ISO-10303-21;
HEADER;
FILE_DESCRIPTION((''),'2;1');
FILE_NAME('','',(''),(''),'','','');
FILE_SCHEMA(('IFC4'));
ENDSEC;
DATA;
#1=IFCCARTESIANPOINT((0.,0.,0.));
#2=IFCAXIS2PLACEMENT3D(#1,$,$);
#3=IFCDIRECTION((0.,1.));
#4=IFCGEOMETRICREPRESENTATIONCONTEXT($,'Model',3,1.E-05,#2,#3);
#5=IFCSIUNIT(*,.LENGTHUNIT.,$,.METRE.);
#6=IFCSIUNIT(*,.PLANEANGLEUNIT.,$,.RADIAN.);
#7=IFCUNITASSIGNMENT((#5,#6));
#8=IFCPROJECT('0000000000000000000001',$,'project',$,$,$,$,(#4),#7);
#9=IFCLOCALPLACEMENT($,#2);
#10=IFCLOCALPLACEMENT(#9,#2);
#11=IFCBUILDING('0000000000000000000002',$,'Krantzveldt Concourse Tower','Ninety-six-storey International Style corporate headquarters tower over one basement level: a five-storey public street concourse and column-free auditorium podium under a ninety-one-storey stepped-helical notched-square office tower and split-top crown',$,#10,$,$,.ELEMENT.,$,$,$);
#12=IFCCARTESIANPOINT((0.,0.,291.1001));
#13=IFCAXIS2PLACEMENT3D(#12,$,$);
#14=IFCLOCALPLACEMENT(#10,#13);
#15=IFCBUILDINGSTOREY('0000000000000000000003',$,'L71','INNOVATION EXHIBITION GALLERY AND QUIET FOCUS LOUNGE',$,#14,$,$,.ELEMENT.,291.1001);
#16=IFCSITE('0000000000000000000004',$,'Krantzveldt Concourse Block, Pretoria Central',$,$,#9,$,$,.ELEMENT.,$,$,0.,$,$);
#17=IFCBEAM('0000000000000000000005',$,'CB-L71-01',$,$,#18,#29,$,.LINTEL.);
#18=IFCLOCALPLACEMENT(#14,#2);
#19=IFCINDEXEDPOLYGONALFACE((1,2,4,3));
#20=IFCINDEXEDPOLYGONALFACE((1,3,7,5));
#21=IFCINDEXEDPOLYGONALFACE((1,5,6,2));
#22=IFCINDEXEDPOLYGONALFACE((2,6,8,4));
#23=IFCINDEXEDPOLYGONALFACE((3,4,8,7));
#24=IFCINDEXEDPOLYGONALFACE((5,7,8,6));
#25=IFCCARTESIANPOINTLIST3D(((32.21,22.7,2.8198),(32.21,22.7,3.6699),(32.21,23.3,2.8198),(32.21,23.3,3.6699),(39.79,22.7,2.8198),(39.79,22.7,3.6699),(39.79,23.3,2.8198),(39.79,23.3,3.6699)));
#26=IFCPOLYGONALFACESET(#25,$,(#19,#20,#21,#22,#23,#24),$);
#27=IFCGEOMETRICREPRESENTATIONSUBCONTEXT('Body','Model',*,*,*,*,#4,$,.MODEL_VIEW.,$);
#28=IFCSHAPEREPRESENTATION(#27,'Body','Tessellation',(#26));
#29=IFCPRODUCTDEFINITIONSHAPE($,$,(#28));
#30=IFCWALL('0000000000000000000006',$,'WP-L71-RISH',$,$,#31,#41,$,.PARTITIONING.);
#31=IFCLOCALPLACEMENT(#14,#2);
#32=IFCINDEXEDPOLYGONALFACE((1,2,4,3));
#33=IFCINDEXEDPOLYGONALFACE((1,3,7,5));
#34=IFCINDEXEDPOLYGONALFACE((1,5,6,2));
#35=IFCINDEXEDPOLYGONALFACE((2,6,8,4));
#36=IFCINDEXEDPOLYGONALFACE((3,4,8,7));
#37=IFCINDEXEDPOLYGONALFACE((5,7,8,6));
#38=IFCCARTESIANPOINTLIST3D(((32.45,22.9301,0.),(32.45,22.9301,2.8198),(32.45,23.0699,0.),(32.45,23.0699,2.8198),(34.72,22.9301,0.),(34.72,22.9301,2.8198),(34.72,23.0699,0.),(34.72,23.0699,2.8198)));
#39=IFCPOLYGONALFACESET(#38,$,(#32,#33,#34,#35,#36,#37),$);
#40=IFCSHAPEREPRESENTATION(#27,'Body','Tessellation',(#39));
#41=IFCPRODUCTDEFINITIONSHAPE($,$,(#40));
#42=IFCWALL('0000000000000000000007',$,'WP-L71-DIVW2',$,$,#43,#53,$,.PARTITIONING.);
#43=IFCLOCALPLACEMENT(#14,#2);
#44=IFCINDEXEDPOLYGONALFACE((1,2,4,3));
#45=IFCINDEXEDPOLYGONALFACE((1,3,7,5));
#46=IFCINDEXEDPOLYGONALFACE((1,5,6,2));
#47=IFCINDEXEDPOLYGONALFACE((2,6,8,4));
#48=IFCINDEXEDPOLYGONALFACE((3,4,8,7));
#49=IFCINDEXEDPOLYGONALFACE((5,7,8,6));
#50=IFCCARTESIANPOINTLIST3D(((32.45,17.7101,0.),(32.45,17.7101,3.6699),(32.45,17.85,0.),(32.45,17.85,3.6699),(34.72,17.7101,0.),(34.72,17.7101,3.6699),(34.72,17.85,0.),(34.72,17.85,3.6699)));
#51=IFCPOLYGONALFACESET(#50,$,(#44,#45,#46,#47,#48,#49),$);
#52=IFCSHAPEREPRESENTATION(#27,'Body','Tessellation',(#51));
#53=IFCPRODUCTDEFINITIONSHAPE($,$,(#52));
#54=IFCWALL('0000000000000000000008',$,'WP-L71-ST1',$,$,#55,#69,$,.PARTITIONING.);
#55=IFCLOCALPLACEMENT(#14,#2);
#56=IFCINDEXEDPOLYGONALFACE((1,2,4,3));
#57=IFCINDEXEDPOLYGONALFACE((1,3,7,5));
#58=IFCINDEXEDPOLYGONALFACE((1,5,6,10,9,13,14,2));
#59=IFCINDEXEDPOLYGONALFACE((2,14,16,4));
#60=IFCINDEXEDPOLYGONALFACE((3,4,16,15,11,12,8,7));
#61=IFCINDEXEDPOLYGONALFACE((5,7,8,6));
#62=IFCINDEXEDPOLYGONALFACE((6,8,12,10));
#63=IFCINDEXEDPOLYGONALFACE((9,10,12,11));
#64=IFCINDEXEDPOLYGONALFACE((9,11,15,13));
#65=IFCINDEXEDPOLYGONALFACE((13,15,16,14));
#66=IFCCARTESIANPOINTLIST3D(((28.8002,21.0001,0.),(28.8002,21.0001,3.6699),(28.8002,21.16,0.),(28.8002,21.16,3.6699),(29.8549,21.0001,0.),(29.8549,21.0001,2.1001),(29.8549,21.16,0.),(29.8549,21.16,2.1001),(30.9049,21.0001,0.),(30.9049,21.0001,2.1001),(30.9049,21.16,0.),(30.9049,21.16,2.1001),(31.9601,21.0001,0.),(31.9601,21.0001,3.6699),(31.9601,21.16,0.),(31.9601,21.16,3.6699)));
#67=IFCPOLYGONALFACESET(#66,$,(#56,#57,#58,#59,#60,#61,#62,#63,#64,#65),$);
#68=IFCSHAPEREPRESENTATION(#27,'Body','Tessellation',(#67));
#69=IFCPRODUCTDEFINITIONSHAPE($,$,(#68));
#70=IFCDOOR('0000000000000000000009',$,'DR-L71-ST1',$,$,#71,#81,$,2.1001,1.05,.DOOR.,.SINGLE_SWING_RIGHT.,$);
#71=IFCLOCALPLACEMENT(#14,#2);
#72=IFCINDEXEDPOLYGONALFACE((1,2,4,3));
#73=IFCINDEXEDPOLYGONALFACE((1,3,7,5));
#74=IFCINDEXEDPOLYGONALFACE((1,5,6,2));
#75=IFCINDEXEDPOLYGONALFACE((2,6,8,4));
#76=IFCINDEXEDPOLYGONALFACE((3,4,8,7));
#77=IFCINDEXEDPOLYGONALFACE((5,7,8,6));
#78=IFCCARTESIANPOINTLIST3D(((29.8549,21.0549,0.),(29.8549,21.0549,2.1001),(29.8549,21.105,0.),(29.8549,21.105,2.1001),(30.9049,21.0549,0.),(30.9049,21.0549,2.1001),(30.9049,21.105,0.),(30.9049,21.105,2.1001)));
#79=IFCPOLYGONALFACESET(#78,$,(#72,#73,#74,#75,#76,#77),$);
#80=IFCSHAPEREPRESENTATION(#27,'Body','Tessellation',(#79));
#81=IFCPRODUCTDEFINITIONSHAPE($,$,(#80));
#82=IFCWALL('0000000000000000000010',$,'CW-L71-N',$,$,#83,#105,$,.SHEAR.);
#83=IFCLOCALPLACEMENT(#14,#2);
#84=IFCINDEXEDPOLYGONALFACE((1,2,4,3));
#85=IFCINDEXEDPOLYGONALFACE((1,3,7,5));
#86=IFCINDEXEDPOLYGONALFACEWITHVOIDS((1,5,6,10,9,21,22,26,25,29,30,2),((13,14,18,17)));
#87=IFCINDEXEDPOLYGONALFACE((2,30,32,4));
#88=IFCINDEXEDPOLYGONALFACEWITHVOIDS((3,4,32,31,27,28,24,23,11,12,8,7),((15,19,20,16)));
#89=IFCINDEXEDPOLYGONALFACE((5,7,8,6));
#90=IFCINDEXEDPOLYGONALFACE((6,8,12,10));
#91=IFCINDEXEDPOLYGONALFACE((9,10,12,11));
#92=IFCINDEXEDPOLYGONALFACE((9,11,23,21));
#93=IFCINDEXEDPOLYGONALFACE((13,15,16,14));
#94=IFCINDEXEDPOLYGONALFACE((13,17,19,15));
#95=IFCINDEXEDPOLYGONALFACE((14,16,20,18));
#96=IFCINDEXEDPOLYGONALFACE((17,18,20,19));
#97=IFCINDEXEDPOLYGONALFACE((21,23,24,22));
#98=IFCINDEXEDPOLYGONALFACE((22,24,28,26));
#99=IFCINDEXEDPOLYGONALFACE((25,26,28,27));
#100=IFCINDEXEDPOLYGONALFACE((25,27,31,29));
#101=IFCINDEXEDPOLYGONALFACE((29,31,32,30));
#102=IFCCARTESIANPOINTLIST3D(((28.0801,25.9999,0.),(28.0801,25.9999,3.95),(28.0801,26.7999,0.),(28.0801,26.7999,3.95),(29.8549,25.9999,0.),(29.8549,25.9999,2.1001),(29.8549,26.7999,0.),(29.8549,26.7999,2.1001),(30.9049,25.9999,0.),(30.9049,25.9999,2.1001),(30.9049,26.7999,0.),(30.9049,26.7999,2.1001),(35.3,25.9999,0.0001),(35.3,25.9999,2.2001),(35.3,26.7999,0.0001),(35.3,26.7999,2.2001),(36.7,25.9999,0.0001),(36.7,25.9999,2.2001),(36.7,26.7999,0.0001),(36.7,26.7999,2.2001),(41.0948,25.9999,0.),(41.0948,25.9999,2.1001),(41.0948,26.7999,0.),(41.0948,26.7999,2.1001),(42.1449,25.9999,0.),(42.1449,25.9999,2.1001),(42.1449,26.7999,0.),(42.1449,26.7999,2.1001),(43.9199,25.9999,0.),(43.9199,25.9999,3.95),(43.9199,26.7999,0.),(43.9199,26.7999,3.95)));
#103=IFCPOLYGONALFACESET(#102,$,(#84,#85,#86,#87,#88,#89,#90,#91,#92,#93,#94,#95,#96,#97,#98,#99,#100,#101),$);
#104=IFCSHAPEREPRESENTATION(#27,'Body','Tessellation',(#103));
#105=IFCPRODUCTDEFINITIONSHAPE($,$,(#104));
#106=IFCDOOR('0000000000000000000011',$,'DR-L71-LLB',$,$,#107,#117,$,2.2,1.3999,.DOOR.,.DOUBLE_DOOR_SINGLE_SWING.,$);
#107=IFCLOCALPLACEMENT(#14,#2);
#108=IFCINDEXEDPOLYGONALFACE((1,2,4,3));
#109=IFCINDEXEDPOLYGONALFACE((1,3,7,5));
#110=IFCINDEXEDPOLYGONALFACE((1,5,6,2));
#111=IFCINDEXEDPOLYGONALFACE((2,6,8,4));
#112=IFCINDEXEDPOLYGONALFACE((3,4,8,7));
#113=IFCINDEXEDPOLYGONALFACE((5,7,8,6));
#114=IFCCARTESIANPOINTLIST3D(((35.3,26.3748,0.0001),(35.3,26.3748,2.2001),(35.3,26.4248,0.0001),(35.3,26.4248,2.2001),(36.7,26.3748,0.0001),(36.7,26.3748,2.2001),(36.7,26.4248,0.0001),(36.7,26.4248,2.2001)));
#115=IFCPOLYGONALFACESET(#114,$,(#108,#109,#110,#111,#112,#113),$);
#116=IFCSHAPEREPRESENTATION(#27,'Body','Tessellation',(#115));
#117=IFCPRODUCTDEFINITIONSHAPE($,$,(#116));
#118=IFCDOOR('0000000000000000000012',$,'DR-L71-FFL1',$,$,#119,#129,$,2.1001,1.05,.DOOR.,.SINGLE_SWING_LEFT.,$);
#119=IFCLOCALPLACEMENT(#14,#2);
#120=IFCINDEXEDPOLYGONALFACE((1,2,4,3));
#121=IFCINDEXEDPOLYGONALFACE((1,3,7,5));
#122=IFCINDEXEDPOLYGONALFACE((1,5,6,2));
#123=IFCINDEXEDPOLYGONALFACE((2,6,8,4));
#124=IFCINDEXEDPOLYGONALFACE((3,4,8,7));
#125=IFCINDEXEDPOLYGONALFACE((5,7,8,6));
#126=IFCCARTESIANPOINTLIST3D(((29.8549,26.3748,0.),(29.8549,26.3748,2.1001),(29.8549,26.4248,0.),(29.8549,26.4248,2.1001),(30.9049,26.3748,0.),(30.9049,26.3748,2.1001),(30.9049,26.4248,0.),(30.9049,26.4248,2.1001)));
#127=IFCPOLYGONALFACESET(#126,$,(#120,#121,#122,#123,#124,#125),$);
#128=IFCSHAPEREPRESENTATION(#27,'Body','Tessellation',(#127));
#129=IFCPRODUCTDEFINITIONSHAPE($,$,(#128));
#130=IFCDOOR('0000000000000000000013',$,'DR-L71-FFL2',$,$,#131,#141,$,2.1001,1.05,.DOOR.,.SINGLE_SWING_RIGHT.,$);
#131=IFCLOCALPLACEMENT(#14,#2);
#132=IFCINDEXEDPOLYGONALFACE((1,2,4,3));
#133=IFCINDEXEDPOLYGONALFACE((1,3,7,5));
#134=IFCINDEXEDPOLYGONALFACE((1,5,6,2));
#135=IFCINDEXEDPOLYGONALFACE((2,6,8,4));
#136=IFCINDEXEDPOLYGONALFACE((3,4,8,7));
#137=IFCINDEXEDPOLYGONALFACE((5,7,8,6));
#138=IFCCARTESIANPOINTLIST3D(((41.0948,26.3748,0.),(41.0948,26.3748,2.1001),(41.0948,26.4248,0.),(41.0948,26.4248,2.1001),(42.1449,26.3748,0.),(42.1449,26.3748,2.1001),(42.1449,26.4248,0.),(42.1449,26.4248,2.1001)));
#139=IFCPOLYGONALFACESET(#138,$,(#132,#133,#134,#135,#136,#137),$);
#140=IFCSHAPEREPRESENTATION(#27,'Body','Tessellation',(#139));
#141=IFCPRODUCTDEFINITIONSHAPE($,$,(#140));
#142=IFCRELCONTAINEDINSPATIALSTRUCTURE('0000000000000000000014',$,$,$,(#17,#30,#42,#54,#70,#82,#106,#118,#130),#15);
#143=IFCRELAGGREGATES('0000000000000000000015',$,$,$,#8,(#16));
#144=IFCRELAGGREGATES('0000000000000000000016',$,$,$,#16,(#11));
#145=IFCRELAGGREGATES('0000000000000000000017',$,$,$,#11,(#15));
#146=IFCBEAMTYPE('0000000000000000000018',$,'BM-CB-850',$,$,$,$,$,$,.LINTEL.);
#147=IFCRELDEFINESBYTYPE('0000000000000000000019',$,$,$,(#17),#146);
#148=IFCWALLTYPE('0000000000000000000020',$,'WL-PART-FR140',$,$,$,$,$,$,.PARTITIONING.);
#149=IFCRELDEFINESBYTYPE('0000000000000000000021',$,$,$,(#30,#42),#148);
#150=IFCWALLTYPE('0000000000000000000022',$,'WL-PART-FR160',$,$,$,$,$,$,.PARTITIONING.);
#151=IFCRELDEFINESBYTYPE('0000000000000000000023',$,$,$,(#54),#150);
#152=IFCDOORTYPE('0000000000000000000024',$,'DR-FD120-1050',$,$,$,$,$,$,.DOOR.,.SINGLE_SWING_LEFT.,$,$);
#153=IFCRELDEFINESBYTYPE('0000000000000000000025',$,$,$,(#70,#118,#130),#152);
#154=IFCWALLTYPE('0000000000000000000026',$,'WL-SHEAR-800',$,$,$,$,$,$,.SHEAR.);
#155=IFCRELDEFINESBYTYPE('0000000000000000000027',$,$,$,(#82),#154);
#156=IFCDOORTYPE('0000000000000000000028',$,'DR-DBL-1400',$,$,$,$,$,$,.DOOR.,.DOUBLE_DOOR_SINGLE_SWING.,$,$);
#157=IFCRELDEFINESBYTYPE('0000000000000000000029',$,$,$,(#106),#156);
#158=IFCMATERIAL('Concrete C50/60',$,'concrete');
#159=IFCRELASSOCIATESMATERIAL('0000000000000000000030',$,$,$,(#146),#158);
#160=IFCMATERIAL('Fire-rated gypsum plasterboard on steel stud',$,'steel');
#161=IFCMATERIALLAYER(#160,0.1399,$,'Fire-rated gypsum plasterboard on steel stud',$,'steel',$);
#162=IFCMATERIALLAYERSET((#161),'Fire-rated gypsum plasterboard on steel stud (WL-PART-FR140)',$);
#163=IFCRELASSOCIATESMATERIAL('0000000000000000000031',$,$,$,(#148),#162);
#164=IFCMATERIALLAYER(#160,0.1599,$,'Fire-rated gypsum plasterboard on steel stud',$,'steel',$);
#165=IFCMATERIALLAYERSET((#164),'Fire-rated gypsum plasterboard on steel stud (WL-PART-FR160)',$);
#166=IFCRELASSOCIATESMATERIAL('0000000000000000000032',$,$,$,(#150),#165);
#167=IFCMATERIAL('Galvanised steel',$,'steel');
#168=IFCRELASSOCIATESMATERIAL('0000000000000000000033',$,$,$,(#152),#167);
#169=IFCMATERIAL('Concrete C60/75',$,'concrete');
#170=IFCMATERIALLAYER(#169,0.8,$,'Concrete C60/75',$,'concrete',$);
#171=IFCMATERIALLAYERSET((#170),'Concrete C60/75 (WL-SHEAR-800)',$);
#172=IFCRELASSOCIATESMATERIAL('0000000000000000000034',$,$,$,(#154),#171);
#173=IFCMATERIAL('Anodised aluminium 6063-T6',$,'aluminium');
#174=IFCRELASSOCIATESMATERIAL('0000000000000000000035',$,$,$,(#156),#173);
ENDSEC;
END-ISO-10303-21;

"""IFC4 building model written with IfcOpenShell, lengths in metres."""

from ifc_helpers import new_model, si_unit, direction, frame, frame_2d, origin, origin_2d, place, context, subcontext, project, spatial, rectangle, extrude, source, transform, mapped, material, layer, layer_set, material_profile, profile_set, type_object, type_shapes, element, fill, save


model = new_model("IFC4")

# Units and contexts
model_context = context("Model", 3, precision=1e-05, world=origin(), true_north=direction((0.0, 1.0)))
body_context = subcontext(model_context, "Body", "Model", "MODEL_VIEW")
ifc_project = project(units=[si_unit("LENGTHUNIT", "METRE"), si_unit("PLANEANGLEUNIT", "RADIAN")], contexts=[model_context])

# Site, building, storey
site_placement = place(None, origin())
site = spatial("IfcSite", under=ifc_project, at=site_placement, Name="Krantzveldt Concourse Block, Pretoria Central", CompositionType="ELEMENT", RefElevation=0.0)
building_placement = place(site_placement, origin())
building = spatial("IfcBuilding", under=site, at=building_placement, Name="Krantzveldt Concourse Tower", Description="Ninety-six-storey International Style corporate headquarters tower over one basement level: a five-storey public street concourse and column-free auditorium podium under a ninety-one-storey stepped-helical notched-square office tower and split-top crown", CompositionType="ELEMENT")
storey_placement = place(building_placement, frame((0.0, 0.0, 291.1001)))
storey = spatial("IfcBuildingStorey", under=building, at=storey_placement, Name="L71", Description="INNOVATION EXHIBITION GALLERY AND QUIET FOCUS LOUNGE", CompositionType="ELEMENT", Elevation=291.1001)

# Beam
ifc_material_1 = material(Name="Concrete C50/60", Category="concrete")
ifc_material_profile = material_profile(ifc_material_1, rectangle(XDim=0.6001, YDim=0.8501, at=origin_2d()), Name="Concrete C50/60", Category="concrete")
ifc_profile_set = profile_set([ifc_material_profile], Name="Concrete C50/60 - RC-CB 600x850")
beam_type = type_object("IfcBeamType", Name="BM-CB-850", PredefinedType="LINTEL", material=ifc_profile_set)
shared_shape = source(origin(), body_context, "Body", "SweptSolid", [
    extrude(rectangle(XDim=0.6001, YDim=0.8501, at=origin_2d()), origin(), (0.0, 0.0, 1.0), 7.5801),
])
type_shapes(beam_type, [shared_shape])
beam_placement = place(storey_placement, frame((32.21, 23.0, 3.2449), z_axis=(1.0, 0.0, 0.0), x_axis=(0.0, 1.0, 0.0)))
element("IfcBeam", 1, at=beam_placement, inside=storey, type_object=beam_type, Name="CB-L71-01", PredefinedType="LINTEL", context=body_context, shape_type="MappedRepresentation", body=[
    mapped(shared_shape, transform((0.0, 0.0, 0.0), x_axis=(1.0, 0.0, 0.0), y_axis=(0.0, 1.0, 0.0), z_axis=(0.0, 0.0, 1.0), scale=1.0)),
])

# Walls
ifc_material_2 = material(Name="Fire-rated gypsum plasterboard on steel stud", Category="steel")
ifc_layer_1 = layer(ifc_material_2, 0.1399, Name="Fire-rated gypsum plasterboard on steel stud", Category="steel")
ifc_layer_set_1 = layer_set([ifc_layer_1], Name="Fire-rated gypsum plasterboard on steel stud (WL-PART-FR140)")
wall_type_1 = type_object("IfcWallType", Name="WL-PART-FR140", PredefinedType="PARTITIONING", material=ifc_layer_set_1)
wall_1_placement = place(storey_placement, frame((32.45, 23.0, 0.0), z_axis=(0.0, 0.0, 1.0), x_axis=(1.0, 0.0, 0.0)))
element("IfcWall", 2, at=wall_1_placement, inside=storey, type_object=wall_type_1, Name="WP-L71-RISH", PredefinedType="PARTITIONING", context=body_context, shape_type="SweptSolid", body=[
    extrude(rectangle(XDim=2.27, YDim=0.1399, at=frame_2d((1.135, 0.0))), origin(), (0.0, 0.0, 1.0), 2.8198),
])
wall_2_placement = place(storey_placement, frame((32.45, 17.78, 0.0), z_axis=(0.0, 0.0, 1.0), x_axis=(1.0, 0.0, 0.0)))
element("IfcWall", 3, at=wall_2_placement, inside=storey, type_object=wall_type_1, Name="WP-L71-DIVW2", PredefinedType="PARTITIONING", context=body_context, shape_type="SweptSolid", body=[
    extrude(rectangle(XDim=2.27, YDim=0.1399, at=frame_2d((1.135, 0.0))), origin(), (0.0, 0.0, 1.0), 3.6699),
])

# Wall, opening, door
ifc_layer_2 = layer(ifc_material_2, 0.1599, Name="Fire-rated gypsum plasterboard on steel stud", Category="steel")
ifc_layer_set_2 = layer_set([ifc_layer_2], Name="Fire-rated gypsum plasterboard on steel stud (WL-PART-FR160)")
wall_type_2 = type_object("IfcWallType", Name="WL-PART-FR160", PredefinedType="PARTITIONING", material=ifc_layer_set_2)
wall_3_placement = place(storey_placement, frame((28.8, 21.0801, 0.0), z_axis=(0.0, 0.0, 1.0), x_axis=(1.0, 0.0, 0.0)))
wall_3 = element("IfcWall", 4, at=wall_3_placement, inside=storey, type_object=wall_type_2, Name="WP-L71-ST1", PredefinedType="PARTITIONING", context=body_context, shape_type="SweptSolid", body=[
    extrude(rectangle(XDim=3.1599, YDim=0.1599, at=frame_2d((1.5801, 0.0))), origin(), (0.0, 0.0, 1.0), 3.6699),
])
opening_1_placement = place(wall_3_placement, frame((1.0549, 0.0, 0.0)))
opening_1 = element("IfcOpeningElement", 5, at=opening_1_placement, cuts=wall_3, PredefinedType="OPENING", context=body_context, shape_type="SweptSolid", body=[
    extrude(rectangle(XDim=1.05, YDim=2.1001, at=frame_2d((0.5249, 1.05))), frame((0.0, 0.0898, 0.0), z_axis=(0.0, -1.0, 0.0), x_axis=(1.0, 0.0, 0.0)), (0.0, 0.0, 1.0), 0.1799),
])
ifc_material_3 = material(Name="Galvanised steel", Category="steel")
door_type_1 = type_object("IfcDoorType", Name="DR-FD120-1050", OperationType="SINGLE_SWING_LEFT", PredefinedType="DOOR", material=ifc_material_3)
door_1_placement = place(opening_1_placement, origin())
door_1 = element("IfcDoor", 6, at=door_1_placement, inside=storey, type_object=door_type_1, Name="DR-L71-ST1", OperationType="SINGLE_SWING_RIGHT", OverallHeight=2.1001, OverallWidth=1.05, PredefinedType="DOOR", context=body_context, shape_type="SweptSolid", body=[
    extrude(rectangle(XDim=1.05, YDim=2.1001, at=frame_2d((0.5249, 1.05))), frame((0.0, 0.0249, 0.0), z_axis=(0.0, -1.0, 0.0), x_axis=(1.0, 0.0, 0.0)), (0.0, 0.0, 1.0), 0.05),
])
fill(opening_1, door_1)

# Wall, openings, doors
ifc_material_4 = material(Name="Concrete C60/75", Category="concrete")
ifc_layer_3 = layer(ifc_material_4, 0.8, Name="Concrete C60/75", Category="concrete")
ifc_layer_set_3 = layer_set([ifc_layer_3], Name="Concrete C60/75 (WL-SHEAR-800)")
wall_type_3 = type_object("IfcWallType", Name="WL-SHEAR-800", PredefinedType="SHEAR", material=ifc_layer_set_3)
wall_4_placement = place(storey_placement, frame((28.0801, 26.3999, 0.0), z_axis=(0.0, 0.0, 1.0), x_axis=(1.0, 0.0, 0.0)))
wall_4 = element("IfcWall", 7, at=wall_4_placement, inside=storey, type_object=wall_type_3, Name="CW-L71-N", PredefinedType="SHEAR", context=body_context, shape_type="SweptSolid", body=[
    extrude(rectangle(XDim=15.8398, YDim=0.8, at=frame_2d((7.9199, 0.0))), origin(), (0.0, 0.0, 1.0), 3.95),
])
opening_2_placement = place(wall_4_placement, frame((7.22, 0.0, 0.0)))
opening_2 = element("IfcOpeningElement", 8, at=opening_2_placement, cuts=wall_4, PredefinedType="OPENING", context=body_context, shape_type="SweptSolid", body=[
    extrude(rectangle(XDim=1.3999, YDim=2.2, at=frame_2d((0.7, 1.1001))), frame((0.0, 0.4102, 0.0), z_axis=(0.0, -1.0, 0.0), x_axis=(1.0, 0.0, 0.0)), (0.0, 0.0, 1.0), 0.8201),
])
opening_3_placement = place(wall_4_placement, frame((1.7749, 0.0, 0.0)))
opening_3 = element("IfcOpeningElement", 9, at=opening_3_placement, cuts=wall_4, PredefinedType="OPENING", context=body_context, shape_type="SweptSolid", body=[
    extrude(rectangle(XDim=1.05, YDim=2.1001, at=frame_2d((0.5249, 1.05))), frame((0.0, 0.4102, 0.0), z_axis=(0.0, -1.0, 0.0), x_axis=(1.0, 0.0, 0.0)), (0.0, 0.0, 1.0), 0.8201),
])
opening_4_placement = place(wall_4_placement, frame((13.0149, 0.0, 0.0)))
opening_4 = element("IfcOpeningElement", 10, at=opening_4_placement, cuts=wall_4, PredefinedType="OPENING", context=body_context, shape_type="SweptSolid", body=[
    extrude(rectangle(XDim=1.05, YDim=2.1001, at=frame_2d((0.5249, 1.05))), frame((0.0, 0.4102, 0.0), z_axis=(0.0, -1.0, 0.0), x_axis=(1.0, 0.0, 0.0)), (0.0, 0.0, 1.0), 0.8201),
])
ifc_material_5 = material(Name="Anodised aluminium 6063-T6", Category="aluminium")
door_type_2 = type_object("IfcDoorType", Name="DR-DBL-1400", OperationType="DOUBLE_DOOR_SINGLE_SWING", PredefinedType="DOOR", material=ifc_material_5)
door_2_placement = place(opening_2_placement, origin())
door_2 = element("IfcDoor", 11, at=door_2_placement, inside=storey, type_object=door_type_2, Name="DR-L71-LLB", OperationType="DOUBLE_DOOR_SINGLE_SWING", OverallHeight=2.2, OverallWidth=1.3999, PredefinedType="DOOR", context=body_context, shape_type="SweptSolid", body=[
    extrude(rectangle(XDim=1.3999, YDim=2.2, at=frame_2d((0.7, 1.1001))), frame((0.0, 0.0249, 0.0), z_axis=(0.0, -1.0, 0.0), x_axis=(1.0, 0.0, 0.0)), (0.0, 0.0, 1.0), 0.05),
])
fill(opening_2, door_2)
door_3_placement = place(opening_3_placement, origin())
door_3 = element("IfcDoor", 12, at=door_3_placement, inside=storey, type_object=door_type_1, Name="DR-L71-FFL1", OperationType="SINGLE_SWING_LEFT", OverallHeight=2.1001, OverallWidth=1.05, PredefinedType="DOOR", context=body_context, shape_type="SweptSolid", body=[
    extrude(rectangle(XDim=1.05, YDim=2.1001, at=frame_2d((0.5249, 1.05))), frame((0.0, 0.0249, 0.0), z_axis=(0.0, -1.0, 0.0), x_axis=(1.0, 0.0, 0.0)), (0.0, 0.0, 1.0), 0.05),
])
fill(opening_3, door_3)
door_4_placement = place(opening_4_placement, origin())
door_4 = element("IfcDoor", 13, at=door_4_placement, inside=storey, type_object=door_type_1, Name="DR-L71-FFL2", OperationType="SINGLE_SWING_RIGHT", OverallHeight=2.1001, OverallWidth=1.05, PredefinedType="DOOR", context=body_context, shape_type="SweptSolid", body=[
    extrude(rectangle(XDim=1.05, YDim=2.1001, at=frame_2d((0.5249, 1.05))), frame((0.0, 0.0249, 0.0), z_axis=(0.0, -1.0, 0.0), x_axis=(1.0, 0.0, 0.0)), (0.0, 0.0, 1.0), 0.05),
])
fill(opening_4, door_4)

save(model, "model.ifc")
